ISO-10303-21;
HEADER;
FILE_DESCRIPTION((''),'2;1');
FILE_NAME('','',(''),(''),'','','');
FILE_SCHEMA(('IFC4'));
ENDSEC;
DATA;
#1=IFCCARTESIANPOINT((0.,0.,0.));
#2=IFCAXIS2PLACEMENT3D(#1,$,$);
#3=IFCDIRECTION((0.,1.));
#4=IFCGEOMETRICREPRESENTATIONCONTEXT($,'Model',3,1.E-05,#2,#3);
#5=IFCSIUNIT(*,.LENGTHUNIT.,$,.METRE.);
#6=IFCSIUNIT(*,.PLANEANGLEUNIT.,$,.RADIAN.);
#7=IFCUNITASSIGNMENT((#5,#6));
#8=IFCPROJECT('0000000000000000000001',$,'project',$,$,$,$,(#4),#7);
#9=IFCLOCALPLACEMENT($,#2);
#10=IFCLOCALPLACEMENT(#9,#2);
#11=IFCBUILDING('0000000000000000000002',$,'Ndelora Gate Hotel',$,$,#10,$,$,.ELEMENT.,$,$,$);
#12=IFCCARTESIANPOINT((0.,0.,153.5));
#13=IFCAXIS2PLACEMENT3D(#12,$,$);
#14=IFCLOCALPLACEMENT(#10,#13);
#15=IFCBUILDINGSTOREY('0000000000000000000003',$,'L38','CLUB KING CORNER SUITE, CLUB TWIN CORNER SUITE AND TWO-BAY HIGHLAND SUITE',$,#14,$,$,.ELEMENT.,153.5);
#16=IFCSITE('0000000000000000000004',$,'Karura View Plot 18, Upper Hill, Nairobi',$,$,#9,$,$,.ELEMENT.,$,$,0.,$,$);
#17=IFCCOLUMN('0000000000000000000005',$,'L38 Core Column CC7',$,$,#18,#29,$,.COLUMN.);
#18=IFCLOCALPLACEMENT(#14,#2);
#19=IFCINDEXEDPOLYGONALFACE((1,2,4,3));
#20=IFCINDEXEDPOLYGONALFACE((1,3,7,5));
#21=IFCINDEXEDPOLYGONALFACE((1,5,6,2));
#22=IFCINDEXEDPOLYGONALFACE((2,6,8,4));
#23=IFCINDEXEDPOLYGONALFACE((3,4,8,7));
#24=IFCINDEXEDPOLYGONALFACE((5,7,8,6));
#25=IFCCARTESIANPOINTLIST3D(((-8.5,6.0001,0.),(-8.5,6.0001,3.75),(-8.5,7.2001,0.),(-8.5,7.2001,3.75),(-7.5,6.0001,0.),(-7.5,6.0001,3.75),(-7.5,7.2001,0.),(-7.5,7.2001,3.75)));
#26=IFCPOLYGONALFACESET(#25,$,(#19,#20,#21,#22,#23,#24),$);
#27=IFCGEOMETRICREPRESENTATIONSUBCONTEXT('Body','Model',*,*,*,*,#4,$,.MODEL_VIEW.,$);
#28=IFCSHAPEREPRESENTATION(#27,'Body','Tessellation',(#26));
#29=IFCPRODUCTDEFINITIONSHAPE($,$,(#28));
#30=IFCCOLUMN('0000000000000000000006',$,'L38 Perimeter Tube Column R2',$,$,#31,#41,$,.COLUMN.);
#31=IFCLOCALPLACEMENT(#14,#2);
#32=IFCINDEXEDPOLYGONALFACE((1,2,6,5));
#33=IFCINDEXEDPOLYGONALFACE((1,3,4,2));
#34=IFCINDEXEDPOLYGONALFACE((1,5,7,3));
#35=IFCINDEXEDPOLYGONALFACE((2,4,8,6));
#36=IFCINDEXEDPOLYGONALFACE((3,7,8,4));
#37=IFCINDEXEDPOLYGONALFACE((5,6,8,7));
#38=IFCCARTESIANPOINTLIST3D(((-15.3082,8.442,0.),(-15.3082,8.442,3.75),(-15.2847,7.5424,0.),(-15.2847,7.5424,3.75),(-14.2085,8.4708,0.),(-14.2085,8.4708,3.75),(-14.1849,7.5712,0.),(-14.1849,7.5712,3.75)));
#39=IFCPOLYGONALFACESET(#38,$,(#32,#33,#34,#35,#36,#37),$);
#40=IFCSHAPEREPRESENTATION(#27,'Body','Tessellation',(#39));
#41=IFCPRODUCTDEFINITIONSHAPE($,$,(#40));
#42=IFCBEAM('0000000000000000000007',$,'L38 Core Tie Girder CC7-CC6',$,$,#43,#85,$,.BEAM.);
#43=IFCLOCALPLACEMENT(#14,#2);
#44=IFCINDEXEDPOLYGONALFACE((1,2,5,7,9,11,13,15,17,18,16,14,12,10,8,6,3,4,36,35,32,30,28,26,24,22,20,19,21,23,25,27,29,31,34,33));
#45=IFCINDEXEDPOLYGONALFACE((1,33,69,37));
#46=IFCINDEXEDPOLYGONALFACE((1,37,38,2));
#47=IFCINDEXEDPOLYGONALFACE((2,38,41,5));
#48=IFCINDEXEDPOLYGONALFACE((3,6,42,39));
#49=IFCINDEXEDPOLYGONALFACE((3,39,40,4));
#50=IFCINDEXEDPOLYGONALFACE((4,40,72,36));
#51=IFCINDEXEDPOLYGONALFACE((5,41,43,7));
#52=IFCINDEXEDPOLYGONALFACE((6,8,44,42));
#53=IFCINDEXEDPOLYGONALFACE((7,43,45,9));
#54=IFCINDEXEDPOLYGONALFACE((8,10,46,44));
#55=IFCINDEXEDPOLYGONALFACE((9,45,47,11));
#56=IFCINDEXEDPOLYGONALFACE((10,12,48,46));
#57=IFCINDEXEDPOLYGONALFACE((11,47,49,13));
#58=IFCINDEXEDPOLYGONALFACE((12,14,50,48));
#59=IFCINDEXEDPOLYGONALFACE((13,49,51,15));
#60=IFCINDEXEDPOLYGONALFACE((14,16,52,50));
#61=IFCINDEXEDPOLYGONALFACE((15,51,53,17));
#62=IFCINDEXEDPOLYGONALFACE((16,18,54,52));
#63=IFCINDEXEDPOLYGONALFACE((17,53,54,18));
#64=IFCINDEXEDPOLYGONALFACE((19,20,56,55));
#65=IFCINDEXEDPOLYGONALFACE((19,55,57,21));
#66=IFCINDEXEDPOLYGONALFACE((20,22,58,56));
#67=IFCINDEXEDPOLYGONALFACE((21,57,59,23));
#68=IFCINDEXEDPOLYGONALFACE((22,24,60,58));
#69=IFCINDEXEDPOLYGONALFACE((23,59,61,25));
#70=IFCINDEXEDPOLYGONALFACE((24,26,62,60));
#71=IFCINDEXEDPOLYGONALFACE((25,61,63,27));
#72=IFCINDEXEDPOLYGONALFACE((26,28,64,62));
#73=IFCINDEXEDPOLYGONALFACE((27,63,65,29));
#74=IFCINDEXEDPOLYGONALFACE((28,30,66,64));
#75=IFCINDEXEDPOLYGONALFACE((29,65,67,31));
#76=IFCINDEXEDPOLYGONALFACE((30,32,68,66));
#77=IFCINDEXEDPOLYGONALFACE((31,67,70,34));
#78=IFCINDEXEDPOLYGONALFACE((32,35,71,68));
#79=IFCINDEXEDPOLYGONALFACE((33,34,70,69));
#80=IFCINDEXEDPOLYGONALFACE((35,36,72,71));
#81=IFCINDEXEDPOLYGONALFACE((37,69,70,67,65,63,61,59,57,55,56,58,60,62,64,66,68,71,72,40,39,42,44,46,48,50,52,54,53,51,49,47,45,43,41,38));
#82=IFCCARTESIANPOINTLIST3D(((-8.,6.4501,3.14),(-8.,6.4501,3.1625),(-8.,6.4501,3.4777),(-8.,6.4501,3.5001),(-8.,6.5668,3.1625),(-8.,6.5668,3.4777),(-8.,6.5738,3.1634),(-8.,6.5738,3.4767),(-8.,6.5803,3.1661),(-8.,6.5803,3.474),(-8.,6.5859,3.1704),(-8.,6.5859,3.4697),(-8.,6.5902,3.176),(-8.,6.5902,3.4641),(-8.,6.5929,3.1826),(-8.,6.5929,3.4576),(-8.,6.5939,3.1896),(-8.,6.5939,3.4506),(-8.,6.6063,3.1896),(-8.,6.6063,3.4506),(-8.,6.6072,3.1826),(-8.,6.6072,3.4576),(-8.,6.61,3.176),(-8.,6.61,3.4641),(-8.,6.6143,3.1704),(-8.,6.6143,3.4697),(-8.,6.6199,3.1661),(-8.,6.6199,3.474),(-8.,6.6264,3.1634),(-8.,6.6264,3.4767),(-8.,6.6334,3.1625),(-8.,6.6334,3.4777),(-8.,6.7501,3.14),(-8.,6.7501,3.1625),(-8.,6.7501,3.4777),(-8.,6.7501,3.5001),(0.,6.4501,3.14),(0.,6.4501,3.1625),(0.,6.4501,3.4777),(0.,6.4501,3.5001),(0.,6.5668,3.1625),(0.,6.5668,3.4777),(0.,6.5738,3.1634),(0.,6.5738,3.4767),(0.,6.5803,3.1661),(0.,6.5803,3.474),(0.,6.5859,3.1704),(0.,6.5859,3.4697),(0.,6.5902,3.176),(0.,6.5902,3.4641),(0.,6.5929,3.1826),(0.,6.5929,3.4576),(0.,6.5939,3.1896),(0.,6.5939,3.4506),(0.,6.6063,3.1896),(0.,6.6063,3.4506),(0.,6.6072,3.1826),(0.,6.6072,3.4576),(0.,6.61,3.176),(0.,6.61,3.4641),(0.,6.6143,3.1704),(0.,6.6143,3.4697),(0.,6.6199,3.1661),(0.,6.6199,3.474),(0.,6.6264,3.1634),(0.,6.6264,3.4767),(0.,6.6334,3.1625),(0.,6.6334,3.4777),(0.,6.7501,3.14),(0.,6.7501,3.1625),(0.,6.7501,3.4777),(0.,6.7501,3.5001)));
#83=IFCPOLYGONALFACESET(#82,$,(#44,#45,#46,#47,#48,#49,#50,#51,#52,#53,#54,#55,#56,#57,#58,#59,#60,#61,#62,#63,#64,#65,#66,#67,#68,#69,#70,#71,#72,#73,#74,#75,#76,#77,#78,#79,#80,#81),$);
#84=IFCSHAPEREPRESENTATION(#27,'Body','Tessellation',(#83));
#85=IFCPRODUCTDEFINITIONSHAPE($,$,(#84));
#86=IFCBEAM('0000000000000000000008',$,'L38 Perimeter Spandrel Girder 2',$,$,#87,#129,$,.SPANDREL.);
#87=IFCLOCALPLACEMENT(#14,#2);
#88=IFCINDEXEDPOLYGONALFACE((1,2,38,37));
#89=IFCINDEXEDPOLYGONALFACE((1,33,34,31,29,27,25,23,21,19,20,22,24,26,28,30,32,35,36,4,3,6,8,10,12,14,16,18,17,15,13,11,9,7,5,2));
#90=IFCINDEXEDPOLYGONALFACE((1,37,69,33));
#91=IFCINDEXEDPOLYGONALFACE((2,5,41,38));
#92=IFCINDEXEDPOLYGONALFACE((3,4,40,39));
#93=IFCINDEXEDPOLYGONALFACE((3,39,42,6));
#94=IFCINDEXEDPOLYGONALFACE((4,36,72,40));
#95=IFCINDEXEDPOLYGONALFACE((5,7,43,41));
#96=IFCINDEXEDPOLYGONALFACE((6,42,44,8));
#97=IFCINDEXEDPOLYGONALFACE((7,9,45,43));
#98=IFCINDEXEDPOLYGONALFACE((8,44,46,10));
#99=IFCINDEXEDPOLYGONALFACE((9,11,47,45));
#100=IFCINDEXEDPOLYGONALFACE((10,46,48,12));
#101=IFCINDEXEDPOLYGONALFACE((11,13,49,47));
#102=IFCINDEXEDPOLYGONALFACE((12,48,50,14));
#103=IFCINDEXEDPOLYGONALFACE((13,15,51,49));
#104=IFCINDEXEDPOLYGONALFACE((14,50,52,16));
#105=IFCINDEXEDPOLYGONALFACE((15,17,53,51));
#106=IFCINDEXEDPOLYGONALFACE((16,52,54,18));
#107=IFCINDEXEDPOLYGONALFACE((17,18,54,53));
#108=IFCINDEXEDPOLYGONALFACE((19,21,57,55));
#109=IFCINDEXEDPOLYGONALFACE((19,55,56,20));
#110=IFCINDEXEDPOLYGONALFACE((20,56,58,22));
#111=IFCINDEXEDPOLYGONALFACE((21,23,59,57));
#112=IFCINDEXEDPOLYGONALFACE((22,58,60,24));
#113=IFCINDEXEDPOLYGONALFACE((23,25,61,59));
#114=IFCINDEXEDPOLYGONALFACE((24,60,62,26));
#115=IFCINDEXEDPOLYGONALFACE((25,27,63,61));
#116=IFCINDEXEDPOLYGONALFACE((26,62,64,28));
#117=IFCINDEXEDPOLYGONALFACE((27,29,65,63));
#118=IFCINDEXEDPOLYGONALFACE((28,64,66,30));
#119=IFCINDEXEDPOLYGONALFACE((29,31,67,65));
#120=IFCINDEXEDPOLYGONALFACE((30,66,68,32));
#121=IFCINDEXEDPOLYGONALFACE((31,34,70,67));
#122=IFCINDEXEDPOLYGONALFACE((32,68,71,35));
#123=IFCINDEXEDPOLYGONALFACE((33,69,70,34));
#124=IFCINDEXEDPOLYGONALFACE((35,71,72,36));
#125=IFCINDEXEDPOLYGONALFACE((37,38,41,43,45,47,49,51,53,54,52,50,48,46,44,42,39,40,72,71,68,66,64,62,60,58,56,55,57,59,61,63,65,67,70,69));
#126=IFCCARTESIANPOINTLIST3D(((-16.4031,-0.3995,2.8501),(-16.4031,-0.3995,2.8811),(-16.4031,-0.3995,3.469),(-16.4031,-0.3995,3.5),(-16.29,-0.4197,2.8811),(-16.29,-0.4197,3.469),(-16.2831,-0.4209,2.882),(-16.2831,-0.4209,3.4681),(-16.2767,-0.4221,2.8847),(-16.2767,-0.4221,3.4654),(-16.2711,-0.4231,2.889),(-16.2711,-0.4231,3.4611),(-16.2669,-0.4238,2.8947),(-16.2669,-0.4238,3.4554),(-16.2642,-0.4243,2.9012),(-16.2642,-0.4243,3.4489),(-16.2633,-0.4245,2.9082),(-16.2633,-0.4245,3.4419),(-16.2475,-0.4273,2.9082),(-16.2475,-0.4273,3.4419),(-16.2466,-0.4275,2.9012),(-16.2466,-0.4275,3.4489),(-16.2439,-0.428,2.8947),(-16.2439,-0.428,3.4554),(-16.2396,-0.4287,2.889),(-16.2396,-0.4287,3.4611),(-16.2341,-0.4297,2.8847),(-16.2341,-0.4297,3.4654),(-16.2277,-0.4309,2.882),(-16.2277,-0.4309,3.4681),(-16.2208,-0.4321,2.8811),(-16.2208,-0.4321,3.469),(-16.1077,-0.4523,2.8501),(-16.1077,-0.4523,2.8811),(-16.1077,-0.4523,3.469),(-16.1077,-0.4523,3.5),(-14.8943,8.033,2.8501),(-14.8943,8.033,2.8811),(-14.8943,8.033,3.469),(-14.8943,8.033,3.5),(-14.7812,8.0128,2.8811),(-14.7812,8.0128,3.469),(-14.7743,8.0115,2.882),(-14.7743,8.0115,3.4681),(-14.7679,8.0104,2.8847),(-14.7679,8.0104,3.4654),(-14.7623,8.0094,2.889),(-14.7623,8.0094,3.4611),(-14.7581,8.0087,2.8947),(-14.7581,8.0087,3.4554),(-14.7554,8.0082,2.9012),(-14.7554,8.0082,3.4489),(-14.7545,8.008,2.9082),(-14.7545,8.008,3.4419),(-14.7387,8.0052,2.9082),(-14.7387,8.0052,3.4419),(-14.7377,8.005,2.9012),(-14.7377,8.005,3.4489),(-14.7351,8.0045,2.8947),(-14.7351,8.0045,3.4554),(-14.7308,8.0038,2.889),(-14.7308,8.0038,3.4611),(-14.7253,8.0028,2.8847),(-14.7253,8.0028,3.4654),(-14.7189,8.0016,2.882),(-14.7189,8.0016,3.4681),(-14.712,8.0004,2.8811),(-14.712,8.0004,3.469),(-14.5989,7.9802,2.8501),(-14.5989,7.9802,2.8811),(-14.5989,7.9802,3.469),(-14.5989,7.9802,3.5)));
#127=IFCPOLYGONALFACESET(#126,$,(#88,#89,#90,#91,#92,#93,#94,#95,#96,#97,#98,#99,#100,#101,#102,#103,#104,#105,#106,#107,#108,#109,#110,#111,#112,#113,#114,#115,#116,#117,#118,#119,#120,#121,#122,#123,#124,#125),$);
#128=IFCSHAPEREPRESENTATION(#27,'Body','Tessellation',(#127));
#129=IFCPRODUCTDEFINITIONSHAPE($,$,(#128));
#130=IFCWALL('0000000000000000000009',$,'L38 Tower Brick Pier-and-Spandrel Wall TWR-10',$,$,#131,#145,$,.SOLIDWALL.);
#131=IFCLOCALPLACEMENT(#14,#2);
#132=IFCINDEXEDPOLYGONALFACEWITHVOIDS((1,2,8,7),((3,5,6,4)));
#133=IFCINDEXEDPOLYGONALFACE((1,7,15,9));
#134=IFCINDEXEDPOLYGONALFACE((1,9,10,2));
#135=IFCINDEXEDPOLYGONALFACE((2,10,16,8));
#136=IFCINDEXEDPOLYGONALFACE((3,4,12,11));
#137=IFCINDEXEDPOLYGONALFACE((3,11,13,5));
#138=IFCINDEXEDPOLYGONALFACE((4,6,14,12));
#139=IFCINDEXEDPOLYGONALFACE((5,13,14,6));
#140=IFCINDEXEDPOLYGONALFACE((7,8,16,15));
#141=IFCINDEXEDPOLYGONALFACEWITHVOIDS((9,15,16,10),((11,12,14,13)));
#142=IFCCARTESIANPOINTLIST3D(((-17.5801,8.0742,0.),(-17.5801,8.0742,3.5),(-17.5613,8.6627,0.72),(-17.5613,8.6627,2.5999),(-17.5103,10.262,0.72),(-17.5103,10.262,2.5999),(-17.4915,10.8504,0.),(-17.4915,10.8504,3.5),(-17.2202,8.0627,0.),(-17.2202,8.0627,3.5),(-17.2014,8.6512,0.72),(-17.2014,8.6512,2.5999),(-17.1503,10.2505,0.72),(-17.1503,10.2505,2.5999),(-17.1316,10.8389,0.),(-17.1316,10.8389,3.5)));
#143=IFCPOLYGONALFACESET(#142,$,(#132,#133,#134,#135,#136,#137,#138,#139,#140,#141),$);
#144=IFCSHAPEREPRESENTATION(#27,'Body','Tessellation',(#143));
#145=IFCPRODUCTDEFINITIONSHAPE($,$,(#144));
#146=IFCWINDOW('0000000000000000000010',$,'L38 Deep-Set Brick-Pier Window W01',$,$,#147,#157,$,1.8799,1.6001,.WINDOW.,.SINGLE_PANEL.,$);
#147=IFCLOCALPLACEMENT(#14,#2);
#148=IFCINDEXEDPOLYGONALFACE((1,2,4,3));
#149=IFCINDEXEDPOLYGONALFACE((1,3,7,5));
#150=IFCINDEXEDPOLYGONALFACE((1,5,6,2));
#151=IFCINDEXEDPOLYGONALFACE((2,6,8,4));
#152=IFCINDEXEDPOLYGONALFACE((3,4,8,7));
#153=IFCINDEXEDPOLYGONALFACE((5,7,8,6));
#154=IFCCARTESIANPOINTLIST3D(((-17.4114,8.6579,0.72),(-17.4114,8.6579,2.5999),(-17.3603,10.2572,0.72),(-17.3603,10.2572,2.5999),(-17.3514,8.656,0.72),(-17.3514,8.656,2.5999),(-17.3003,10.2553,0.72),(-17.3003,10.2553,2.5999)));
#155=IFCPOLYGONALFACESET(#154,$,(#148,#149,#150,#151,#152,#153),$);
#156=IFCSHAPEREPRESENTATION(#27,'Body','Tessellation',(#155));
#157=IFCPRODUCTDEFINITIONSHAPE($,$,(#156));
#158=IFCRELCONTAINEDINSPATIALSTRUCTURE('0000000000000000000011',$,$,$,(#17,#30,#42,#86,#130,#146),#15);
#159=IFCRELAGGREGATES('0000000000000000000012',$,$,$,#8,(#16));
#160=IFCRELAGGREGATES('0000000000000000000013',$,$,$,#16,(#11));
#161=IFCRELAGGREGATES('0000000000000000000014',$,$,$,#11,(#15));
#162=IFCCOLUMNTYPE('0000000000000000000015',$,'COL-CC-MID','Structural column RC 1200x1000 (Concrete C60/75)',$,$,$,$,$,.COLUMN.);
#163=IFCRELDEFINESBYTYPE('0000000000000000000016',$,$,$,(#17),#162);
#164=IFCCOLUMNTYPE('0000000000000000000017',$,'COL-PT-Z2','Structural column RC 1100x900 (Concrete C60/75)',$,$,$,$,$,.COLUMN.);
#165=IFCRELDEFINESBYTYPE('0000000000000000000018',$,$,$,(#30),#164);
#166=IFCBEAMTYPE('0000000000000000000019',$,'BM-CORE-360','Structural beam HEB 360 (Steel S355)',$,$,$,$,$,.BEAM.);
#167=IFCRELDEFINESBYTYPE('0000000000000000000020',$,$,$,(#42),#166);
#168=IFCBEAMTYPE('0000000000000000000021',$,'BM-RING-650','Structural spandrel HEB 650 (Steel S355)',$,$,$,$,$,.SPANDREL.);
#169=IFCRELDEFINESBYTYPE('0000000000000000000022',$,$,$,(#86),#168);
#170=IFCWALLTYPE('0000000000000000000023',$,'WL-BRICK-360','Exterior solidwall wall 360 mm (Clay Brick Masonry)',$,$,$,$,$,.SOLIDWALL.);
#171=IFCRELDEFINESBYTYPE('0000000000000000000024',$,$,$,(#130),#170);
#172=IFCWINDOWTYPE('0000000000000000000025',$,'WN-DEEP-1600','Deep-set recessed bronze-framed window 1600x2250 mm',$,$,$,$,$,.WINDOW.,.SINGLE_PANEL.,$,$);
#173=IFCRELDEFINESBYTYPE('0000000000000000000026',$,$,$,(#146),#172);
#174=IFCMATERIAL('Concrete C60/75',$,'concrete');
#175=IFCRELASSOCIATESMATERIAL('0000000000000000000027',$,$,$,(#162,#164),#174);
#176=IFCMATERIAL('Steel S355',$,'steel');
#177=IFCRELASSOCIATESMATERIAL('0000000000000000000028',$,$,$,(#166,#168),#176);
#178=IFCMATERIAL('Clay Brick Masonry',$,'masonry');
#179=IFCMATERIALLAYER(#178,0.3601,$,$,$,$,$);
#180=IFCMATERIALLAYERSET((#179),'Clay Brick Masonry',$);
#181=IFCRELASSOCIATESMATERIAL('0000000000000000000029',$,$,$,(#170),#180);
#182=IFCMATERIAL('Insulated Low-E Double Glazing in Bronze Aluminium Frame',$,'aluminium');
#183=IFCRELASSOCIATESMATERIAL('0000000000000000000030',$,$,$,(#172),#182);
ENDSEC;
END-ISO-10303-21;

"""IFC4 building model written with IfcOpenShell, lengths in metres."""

from ifc_helpers import new_model, si_unit, direction, frame, frame_2d, origin, origin_2d, place, context, subcontext, project, spatial, rectangle, i_section, extrude, material, layer, layer_set, material_profile, profile_set, type_object, element, fill, save


model = new_model("IFC4")

# Units and contexts
model_context = context("Model", 3, precision=1e-05, world=origin(), true_north=direction((0.0, 1.0)))
body_context = subcontext(model_context, "Body", "Model", "MODEL_VIEW")
ifc_project = project(units=[si_unit("LENGTHUNIT", "METRE"), si_unit("PLANEANGLEUNIT", "RADIAN")], contexts=[model_context])

# Site, building, storey
site_placement = place(None, origin())
site = spatial("IfcSite", under=ifc_project, at=site_placement, Name="Karura View Plot 18, Upper Hill, Nairobi", CompositionType="ELEMENT", RefElevation=0.0)
building_placement = place(site_placement, origin())
building = spatial("IfcBuilding", under=site, at=building_placement, Name="Ndelora Gate Hotel", CompositionType="ELEMENT")
storey_placement = place(building_placement, frame((0.0, 0.0, 153.5)))
storey = spatial("IfcBuildingStorey", under=building, at=storey_placement, Name="L38", Description="CLUB KING CORNER SUITE, CLUB TWIN CORNER SUITE AND TWO-BAY HIGHLAND SUITE", CompositionType="ELEMENT", Elevation=153.5)

# Columns
ifc_material_1 = material(Name="Concrete C60/75", Category="concrete")
ifc_material_profile_1 = material_profile(ifc_material_1, rectangle(XDim=1.0, YDim=1.2, at=origin_2d()), Name="RC 1200x1000")
ifc_profile_set_1 = profile_set([ifc_material_profile_1], Name="Concrete C60/75")
column_type_1 = type_object("IfcColumnType", Name="COL-CC-MID", Description="Structural column RC 1200x1000 (Concrete C60/75)", PredefinedType="COLUMN", material=ifc_profile_set_1)
column_1_placement = place(storey_placement, frame((-8.0, 6.6001, 0.0), z_axis=(0.0, 0.0, 1.0), x_axis=(1.0, 0.0, 0.0)))
element("IfcColumn", 1, at=column_1_placement, inside=storey, type_object=column_type_1, Name="L38 Core Column CC7", PredefinedType="COLUMN", context=body_context, shape_type="SweptSolid", body=[
    extrude(rectangle(XDim=1.0, YDim=1.2, at=origin_2d()), origin(), (0.0, 0.0, 1.0), 3.75),
])
ifc_material_profile_2 = material_profile(ifc_material_1, rectangle(XDim=0.8999, YDim=1.1001, at=origin_2d()), Name="RC 1100x900")
ifc_profile_set_2 = profile_set([ifc_material_profile_2], Name="Concrete C60/75")
column_type_2 = type_object("IfcColumnType", Name="COL-PT-Z2", Description="Structural column RC 1100x900 (Concrete C60/75)", PredefinedType="COLUMN", material=ifc_profile_set_2)
column_2_placement = place(storey_placement, frame((-14.7466, 8.0066, 0.0), z_axis=(0.0, 0.0, 1.0), x_axis=(-0.026177, 0.999657, 0.0)))
element("IfcColumn", 2, at=column_2_placement, inside=storey, type_object=column_type_2, Name="L38 Perimeter Tube Column R2", PredefinedType="COLUMN", context=body_context, shape_type="SweptSolid", body=[
    extrude(rectangle(XDim=0.8999, YDim=1.1001, at=origin_2d()), origin(), (0.0, 0.0, 1.0), 3.75),
])

# Beams
ifc_material_2 = material(Name="Steel S355", Category="steel")
ifc_material_profile_3 = material_profile(ifc_material_2, i_section(OverallWidth=0.3, OverallDepth=0.3601, WebThickness=0.0125, FlangeThickness=0.0225, FilletRadius=0.0271, at=origin_2d()), Name="HEB 360")
ifc_profile_set_3 = profile_set([ifc_material_profile_3], Name="Steel S355")
beam_type_1 = type_object("IfcBeamType", Name="BM-CORE-360", Description="Structural beam HEB 360 (Steel S355)", PredefinedType="BEAM", material=ifc_profile_set_3)
beam_1_placement = place(storey_placement, frame((-8.0, 6.6001, 3.3201), z_axis=(1.0, 0.0, 0.0), x_axis=(0.0, 1.0, 0.0)))
element("IfcBeam", 3, at=beam_1_placement, inside=storey, type_object=beam_type_1, Name="L38 Core Tie Girder CC7-CC6", PredefinedType="BEAM", context=body_context, shape_type="SweptSolid", body=[
    extrude(i_section(OverallWidth=0.3, OverallDepth=0.3601, WebThickness=0.0125, FlangeThickness=0.0225, FilletRadius=0.0271, at=origin_2d()), origin(), (0.0, 0.0, 1.0), 8.0),
])
ifc_material_profile_4 = material_profile(ifc_material_2, i_section(OverallWidth=0.3, OverallDepth=0.6499, WebThickness=0.0161, FlangeThickness=0.031, FilletRadius=0.0271, at=origin_2d()), Name="HEB 650")
ifc_profile_set_4 = profile_set([ifc_material_profile_4], Name="Steel S355")
beam_type_2 = type_object("IfcBeamType", Name="BM-RING-650", Description="Structural spandrel HEB 650 (Steel S355)", PredefinedType="SPANDREL", material=ifc_profile_set_4)
beam_2_placement = place(storey_placement, frame((-14.7466, 8.0066, 3.175), z_axis=(-0.176131, -0.984367, 0.0), x_axis=(0.984367, -0.176131, 0.0)))
element("IfcBeam", 4, at=beam_2_placement, inside=storey, type_object=beam_type_2, Name="L38 Perimeter Spandrel Girder 2", PredefinedType="SPANDREL", context=body_context, shape_type="SweptSolid", body=[
    extrude(i_section(OverallWidth=0.3, OverallDepth=0.6499, WebThickness=0.0161, FlangeThickness=0.031, FilletRadius=0.0271, at=origin_2d()), origin(), (0.0, 0.0, 1.0), 8.5664),
])

# Wall, opening, window
ifc_material_3 = material(Name="Clay Brick Masonry", Category="masonry")
ifc_layer_1 = layer(ifc_material_3, 0.3601)
ifc_layer_set_1 = layer_set([ifc_layer_1], Name="Clay Brick Masonry")
wall_type_1 = type_object("IfcWallType", Name="WL-BRICK-360", Description="Exterior solidwall wall 360 mm (Clay Brick Masonry)", PredefinedType="SOLIDWALL", material=ifc_layer_set_1)
wall_1_placement = place(storey_placement, frame((-17.4001, 8.0686, 0.0), z_axis=(0.0, 0.0, 1.0), x_axis=(0.031907, 0.999491, 0.0)))
wall_1 = element("IfcWall", 5, at=wall_1_placement, inside=storey, type_object=wall_type_1, Name="L38 Tower Brick Pier-and-Spandrel Wall TWR-10", PredefinedType="SOLIDWALL", context=body_context, shape_type="SweptSolid", body=[
    extrude(rectangle(XDim=2.7776, YDim=0.3601, at=frame_2d((1.3887, 0.0))), origin(), (0.0, 0.0, 1.0), 3.5),
])
opening_1_placement = place(wall_1_placement, frame((0.5886, 0.0, 0.72)))
opening_1 = element("IfcOpeningElement", 6, at=opening_1_placement, cuts=wall_1, PredefinedType="OPENING", context=body_context, shape_type="SweptSolid", body=[
    extrude(rectangle(XDim=1.6001, YDim=1.8799, at=frame_2d((0.8, 0.9399))), frame((0.0, 0.1899, 0.0), z_axis=(0.0, -1.0, 0.0), x_axis=(1.0, 0.0, 0.0)), (0.0, 0.0, 1.0), 0.3801),
])
ifc_material_4 = material(Name="Insulated Low-E Double Glazing in Bronze Aluminium Frame", Category="aluminium")
window_type_1 = type_object("IfcWindowType", Name="WN-DEEP-1600", Description="Deep-set recessed bronze-framed window 1600x2250 mm", PartitioningType="SINGLE_PANEL", PredefinedType="WINDOW", material=ifc_material_4)
window_1_placement = place(opening_1_placement, origin())
window_1 = element("IfcWindow", 7, at=window_1_placement, inside=storey, type_object=window_type_1, Name="L38 Deep-Set Brick-Pier Window W01", OverallHeight=1.8799, OverallWidth=1.6001, PartitioningType="SINGLE_PANEL", PredefinedType="WINDOW", context=body_context, shape_type="SweptSolid", body=[
    extrude(rectangle(XDim=1.6001, YDim=1.8799, at=frame_2d((0.8, 0.9399))), frame((0.0, 0.03, 0.0), z_axis=(0.0, -1.0, 0.0), x_axis=(1.0, 0.0, 0.0)), (0.0, 0.0, 1.0), 0.0601),
])
fill(opening_1, window_1)

save(model, "model.ifc")
